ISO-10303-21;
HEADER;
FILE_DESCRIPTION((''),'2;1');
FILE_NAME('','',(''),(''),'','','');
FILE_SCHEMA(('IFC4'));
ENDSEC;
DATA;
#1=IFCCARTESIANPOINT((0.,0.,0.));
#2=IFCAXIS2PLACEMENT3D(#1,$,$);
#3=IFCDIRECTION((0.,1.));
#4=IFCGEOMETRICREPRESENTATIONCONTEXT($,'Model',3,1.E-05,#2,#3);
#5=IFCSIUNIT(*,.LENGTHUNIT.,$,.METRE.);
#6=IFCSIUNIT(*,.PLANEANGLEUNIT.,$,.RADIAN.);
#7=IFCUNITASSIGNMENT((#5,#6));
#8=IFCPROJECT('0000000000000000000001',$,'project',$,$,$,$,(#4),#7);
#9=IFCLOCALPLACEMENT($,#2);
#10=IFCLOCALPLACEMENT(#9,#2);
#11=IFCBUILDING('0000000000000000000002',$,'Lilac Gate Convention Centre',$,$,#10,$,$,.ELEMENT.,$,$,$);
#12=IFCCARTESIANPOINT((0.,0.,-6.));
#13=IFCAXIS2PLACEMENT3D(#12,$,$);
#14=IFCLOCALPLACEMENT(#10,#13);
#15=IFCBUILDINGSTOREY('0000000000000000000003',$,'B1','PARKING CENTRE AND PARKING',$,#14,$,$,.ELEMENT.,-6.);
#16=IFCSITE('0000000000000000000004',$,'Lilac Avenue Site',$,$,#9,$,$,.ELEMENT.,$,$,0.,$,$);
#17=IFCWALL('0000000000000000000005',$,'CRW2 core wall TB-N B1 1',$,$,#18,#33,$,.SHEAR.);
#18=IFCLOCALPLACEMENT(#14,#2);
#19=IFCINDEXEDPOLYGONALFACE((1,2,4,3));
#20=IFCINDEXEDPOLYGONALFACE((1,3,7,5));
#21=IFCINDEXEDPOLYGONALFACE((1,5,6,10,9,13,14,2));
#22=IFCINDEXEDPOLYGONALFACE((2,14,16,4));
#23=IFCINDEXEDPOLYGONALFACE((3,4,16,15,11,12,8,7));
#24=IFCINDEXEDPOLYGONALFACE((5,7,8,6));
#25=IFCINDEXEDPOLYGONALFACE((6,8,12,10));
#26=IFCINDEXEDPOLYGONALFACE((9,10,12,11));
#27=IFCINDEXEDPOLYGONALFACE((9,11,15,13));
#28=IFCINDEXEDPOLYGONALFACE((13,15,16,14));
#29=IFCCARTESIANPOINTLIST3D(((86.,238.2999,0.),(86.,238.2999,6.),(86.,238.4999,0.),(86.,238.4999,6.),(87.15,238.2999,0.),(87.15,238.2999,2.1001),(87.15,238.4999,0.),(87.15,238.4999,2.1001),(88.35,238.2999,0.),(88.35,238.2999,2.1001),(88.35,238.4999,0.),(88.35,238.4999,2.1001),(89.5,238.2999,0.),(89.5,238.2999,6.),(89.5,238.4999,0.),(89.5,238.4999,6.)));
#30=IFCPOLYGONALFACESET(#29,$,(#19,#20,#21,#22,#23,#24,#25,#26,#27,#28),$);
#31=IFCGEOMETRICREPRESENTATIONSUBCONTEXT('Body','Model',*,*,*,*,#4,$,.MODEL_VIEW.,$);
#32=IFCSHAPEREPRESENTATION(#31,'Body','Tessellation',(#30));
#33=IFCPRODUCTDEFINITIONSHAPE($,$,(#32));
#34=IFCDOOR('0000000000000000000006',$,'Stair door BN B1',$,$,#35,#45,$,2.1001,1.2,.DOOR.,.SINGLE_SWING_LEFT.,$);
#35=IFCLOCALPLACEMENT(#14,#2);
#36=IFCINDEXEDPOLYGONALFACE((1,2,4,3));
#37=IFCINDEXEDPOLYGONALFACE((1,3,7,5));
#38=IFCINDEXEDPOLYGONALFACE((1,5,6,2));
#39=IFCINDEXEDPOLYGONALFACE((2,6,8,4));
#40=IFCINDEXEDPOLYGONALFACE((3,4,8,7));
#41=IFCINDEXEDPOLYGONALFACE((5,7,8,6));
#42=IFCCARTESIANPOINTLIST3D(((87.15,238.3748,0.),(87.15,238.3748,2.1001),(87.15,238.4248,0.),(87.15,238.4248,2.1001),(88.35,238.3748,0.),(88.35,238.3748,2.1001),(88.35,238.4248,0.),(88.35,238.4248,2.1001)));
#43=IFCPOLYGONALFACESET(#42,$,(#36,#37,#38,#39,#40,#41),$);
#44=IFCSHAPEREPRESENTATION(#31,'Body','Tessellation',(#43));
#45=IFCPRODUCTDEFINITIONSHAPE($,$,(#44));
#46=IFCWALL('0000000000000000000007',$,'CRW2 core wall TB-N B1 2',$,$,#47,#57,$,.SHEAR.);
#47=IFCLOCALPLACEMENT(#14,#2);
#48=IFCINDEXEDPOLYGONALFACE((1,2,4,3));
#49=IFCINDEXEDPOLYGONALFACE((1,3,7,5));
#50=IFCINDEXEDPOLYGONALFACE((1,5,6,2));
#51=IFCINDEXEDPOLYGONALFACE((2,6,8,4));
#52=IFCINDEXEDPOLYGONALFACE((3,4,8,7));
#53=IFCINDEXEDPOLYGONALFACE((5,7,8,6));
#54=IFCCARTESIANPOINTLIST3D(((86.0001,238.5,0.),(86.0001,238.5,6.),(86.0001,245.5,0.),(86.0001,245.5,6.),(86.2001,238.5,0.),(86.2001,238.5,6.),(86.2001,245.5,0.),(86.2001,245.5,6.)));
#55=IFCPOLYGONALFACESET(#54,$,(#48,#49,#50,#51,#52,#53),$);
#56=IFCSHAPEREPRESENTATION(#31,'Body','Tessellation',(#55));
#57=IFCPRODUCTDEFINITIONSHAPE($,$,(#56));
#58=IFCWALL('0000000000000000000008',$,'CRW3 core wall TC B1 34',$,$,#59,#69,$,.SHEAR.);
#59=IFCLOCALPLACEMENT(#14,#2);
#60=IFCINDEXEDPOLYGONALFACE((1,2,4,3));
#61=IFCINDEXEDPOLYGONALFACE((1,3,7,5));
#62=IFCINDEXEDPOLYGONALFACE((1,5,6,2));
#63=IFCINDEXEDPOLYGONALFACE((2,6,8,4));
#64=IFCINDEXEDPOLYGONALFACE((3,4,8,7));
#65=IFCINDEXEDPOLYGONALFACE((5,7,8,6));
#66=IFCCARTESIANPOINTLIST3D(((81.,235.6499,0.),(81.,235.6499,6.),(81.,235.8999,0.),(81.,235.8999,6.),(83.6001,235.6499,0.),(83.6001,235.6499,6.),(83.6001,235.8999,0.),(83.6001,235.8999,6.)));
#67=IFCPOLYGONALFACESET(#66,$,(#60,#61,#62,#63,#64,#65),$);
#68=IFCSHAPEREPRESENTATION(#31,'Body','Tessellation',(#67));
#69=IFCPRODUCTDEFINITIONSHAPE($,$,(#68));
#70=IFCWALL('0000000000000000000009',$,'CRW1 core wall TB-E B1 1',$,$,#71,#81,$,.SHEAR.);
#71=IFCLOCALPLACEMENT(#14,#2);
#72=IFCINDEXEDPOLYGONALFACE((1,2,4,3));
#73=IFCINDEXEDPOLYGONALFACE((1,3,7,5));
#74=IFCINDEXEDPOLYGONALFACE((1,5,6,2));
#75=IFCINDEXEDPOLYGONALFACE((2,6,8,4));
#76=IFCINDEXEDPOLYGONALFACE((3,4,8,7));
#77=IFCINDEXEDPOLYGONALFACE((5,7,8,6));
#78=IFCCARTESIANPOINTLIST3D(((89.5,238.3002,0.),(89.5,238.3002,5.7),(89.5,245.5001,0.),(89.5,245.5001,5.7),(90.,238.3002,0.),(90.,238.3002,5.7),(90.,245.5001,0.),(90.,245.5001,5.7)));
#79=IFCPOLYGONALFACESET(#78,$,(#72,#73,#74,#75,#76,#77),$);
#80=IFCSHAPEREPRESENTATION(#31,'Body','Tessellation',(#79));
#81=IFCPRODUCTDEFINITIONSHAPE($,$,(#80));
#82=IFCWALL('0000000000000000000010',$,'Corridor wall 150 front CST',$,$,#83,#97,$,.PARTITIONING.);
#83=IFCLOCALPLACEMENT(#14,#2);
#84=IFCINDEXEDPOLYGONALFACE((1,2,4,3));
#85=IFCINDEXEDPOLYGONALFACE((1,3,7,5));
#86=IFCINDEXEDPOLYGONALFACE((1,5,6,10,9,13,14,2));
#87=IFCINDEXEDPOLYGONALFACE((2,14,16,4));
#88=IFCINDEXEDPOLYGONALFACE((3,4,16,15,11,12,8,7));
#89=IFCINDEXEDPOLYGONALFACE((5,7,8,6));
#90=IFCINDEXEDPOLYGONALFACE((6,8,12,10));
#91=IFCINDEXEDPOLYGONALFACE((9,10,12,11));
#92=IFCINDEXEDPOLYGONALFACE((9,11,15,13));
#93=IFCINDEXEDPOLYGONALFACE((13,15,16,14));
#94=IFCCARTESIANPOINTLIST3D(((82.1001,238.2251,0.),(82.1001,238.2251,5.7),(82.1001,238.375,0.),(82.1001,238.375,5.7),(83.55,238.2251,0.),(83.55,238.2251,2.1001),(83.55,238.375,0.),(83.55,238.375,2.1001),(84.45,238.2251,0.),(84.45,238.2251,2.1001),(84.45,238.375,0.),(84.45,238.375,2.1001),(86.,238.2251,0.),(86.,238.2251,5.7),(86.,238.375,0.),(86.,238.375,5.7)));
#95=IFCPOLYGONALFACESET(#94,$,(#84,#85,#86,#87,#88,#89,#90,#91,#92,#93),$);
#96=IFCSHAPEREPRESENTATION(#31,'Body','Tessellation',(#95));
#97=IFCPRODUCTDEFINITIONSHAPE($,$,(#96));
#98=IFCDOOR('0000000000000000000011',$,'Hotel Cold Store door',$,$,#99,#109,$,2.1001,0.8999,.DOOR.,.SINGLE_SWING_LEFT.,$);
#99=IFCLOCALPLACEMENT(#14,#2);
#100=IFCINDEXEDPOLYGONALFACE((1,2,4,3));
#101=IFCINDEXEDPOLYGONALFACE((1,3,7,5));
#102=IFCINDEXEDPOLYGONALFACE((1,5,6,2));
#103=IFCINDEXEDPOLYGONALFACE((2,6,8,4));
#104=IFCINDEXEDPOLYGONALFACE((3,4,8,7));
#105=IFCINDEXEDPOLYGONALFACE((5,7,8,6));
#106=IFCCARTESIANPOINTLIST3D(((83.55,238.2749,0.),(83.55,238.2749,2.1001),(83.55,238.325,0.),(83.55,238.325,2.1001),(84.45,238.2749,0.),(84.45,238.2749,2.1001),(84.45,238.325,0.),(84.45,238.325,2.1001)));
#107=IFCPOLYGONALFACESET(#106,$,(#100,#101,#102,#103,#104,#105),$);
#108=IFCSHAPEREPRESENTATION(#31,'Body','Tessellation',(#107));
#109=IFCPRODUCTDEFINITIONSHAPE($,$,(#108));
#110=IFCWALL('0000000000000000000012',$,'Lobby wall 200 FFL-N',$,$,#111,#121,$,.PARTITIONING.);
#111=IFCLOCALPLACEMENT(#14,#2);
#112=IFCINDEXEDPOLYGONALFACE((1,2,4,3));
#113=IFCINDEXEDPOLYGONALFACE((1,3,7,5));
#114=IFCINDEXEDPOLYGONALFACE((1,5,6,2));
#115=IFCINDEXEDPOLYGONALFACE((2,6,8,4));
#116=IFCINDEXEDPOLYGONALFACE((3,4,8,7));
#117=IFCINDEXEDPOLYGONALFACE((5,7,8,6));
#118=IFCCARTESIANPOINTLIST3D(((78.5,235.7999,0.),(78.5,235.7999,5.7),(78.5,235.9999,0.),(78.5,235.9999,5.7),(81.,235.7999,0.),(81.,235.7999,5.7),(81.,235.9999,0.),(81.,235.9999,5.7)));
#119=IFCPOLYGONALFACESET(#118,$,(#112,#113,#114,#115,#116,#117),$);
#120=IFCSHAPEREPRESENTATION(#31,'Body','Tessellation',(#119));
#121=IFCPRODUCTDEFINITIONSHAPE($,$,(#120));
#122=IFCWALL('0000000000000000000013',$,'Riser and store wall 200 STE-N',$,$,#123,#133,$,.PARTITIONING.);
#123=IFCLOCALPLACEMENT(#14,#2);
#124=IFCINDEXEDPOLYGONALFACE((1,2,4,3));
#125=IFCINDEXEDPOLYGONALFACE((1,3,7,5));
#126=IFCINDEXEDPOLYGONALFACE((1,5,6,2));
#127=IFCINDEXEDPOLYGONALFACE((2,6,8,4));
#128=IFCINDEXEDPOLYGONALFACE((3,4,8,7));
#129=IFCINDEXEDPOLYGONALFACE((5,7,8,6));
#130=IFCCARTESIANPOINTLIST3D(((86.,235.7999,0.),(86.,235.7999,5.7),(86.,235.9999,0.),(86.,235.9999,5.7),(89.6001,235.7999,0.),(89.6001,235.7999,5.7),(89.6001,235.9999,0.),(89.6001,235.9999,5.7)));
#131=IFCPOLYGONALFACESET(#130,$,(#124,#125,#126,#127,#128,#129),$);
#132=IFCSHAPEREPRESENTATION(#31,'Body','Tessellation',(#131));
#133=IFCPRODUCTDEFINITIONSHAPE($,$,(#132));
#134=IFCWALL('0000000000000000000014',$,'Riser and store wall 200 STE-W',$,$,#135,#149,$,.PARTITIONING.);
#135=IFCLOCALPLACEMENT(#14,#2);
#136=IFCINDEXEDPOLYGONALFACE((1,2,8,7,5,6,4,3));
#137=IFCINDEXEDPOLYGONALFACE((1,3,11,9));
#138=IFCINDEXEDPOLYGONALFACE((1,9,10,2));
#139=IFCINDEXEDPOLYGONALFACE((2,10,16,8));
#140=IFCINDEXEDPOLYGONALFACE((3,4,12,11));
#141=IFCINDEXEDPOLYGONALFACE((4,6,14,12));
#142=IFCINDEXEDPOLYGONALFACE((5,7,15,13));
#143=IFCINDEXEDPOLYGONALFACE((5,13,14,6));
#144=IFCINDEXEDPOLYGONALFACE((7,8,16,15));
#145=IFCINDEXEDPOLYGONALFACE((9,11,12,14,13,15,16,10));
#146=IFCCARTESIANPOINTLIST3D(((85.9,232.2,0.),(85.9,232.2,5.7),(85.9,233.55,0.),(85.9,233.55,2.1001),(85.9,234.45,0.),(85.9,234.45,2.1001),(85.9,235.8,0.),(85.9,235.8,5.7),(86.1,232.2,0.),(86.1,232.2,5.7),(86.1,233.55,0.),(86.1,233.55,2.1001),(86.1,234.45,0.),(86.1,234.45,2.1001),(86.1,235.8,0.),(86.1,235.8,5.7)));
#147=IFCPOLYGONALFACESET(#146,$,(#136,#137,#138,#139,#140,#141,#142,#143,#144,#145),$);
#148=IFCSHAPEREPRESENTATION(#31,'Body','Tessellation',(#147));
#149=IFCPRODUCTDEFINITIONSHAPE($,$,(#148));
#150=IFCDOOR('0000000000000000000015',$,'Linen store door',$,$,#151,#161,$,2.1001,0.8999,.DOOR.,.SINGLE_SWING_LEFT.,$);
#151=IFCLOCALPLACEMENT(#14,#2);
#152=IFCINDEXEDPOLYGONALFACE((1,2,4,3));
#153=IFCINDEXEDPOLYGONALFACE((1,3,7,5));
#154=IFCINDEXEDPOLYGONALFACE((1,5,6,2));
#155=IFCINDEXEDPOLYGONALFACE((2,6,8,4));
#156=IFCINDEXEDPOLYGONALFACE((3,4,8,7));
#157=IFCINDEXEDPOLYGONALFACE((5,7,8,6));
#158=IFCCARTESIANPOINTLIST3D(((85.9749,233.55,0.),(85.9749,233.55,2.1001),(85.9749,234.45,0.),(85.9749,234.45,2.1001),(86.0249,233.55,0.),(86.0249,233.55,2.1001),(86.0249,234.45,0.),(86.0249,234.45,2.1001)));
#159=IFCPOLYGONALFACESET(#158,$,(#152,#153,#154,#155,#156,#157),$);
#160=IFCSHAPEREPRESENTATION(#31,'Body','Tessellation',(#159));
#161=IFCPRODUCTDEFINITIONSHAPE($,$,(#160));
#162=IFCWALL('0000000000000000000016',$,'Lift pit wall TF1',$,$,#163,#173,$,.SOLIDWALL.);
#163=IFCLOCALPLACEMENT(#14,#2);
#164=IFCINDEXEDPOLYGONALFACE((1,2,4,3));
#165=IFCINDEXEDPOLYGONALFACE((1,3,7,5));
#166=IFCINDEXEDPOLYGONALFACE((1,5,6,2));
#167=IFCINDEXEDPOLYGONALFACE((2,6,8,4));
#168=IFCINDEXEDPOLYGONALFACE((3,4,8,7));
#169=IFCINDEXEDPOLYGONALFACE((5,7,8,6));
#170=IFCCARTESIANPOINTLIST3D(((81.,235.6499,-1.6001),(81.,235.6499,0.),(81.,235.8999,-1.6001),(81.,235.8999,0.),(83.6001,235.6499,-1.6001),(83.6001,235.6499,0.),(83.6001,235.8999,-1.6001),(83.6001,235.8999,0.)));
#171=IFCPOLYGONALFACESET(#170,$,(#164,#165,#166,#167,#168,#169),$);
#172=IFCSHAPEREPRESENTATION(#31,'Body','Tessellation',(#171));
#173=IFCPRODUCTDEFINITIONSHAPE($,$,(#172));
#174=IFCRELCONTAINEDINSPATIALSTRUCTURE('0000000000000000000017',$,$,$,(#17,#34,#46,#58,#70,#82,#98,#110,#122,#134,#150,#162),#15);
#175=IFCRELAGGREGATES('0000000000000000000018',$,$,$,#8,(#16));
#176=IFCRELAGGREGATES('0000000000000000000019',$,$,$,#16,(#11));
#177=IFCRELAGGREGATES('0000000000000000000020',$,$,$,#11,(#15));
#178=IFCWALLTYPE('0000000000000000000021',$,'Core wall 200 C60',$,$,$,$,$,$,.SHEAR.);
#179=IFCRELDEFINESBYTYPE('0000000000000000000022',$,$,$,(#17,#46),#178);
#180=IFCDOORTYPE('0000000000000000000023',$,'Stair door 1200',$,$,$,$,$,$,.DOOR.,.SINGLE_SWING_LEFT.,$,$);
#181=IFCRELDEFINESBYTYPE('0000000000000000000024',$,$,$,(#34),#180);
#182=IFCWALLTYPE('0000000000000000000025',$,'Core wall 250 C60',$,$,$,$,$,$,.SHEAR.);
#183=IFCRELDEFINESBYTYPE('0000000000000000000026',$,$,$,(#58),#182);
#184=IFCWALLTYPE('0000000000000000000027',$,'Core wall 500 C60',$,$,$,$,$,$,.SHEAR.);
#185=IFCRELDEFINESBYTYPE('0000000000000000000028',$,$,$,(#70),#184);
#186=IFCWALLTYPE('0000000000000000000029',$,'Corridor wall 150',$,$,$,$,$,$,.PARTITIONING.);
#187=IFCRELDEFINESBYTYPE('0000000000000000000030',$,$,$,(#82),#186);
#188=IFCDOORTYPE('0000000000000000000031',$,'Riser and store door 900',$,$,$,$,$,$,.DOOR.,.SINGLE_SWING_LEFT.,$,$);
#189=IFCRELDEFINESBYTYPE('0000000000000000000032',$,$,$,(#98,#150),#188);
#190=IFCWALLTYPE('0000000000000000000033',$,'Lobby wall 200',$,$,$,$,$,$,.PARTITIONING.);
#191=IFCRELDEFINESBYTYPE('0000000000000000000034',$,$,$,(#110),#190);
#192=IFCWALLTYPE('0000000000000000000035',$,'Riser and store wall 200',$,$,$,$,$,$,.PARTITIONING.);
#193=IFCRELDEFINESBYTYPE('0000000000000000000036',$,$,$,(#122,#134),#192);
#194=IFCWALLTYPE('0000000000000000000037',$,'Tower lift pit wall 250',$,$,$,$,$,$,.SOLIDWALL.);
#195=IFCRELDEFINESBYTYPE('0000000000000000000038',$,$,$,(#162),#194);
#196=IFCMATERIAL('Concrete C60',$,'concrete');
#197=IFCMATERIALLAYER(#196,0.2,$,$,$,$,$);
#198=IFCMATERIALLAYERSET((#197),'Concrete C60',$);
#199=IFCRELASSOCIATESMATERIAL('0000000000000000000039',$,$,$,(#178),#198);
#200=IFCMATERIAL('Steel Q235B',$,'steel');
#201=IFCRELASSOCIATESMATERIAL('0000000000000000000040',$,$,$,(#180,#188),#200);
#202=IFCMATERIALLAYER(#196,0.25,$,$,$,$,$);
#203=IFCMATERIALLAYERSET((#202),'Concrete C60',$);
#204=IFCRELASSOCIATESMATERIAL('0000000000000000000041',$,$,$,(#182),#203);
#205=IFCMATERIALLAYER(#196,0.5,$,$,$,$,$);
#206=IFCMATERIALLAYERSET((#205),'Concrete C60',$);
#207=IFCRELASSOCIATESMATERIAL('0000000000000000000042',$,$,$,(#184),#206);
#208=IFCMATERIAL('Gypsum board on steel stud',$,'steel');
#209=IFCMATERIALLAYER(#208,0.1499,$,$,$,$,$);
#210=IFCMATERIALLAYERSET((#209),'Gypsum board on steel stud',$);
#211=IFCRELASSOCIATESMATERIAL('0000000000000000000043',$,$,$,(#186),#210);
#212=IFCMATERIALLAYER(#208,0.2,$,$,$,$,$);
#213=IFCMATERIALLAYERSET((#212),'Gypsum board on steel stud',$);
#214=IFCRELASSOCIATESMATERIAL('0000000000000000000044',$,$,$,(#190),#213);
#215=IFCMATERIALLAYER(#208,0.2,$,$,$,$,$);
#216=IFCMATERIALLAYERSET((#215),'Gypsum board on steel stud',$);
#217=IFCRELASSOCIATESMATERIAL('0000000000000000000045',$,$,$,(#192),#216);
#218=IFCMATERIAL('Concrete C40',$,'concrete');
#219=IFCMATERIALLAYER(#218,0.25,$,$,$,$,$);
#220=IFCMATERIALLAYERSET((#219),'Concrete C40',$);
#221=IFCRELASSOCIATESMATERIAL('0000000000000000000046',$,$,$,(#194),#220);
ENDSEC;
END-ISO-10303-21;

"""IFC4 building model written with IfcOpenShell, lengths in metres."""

from ifc_helpers import new_model, si_unit, direction, frame, frame_2d, origin, place, context, subcontext, project, spatial, rectangle, extrude, material, layer, layer_set, type_object, element, fill, save


model = new_model("IFC4")

# Units and contexts
model_context = context("Model", 3, precision=1e-05, world=origin(), true_north=direction((0.0, 1.0)))
body_context = subcontext(model_context, "Body", "Model", "MODEL_VIEW")
ifc_project = project(units=[si_unit("LENGTHUNIT", "METRE"), si_unit("PLANEANGLEUNIT", "RADIAN")], contexts=[model_context])

# Site, building, storey
site_placement = place(None, origin())
site = spatial("IfcSite", under=ifc_project, at=site_placement, Name="Lilac Avenue Site", CompositionType="ELEMENT", RefElevation=0.0)
building_placement = place(site_placement, origin())
building = spatial("IfcBuilding", under=site, at=building_placement, Name="Lilac Gate Convention Centre", CompositionType="ELEMENT")
storey_placement = place(building_placement, frame((0.0, 0.0, -6.0)))
storey = spatial("IfcBuildingStorey", under=building, at=storey_placement, Name="B1", Description="PARKING CENTRE AND PARKING", CompositionType="ELEMENT", Elevation=-6.0)

# Shared definitions
ifc_material_1 = material(Name="Concrete C40", Category="concrete")

# Wall, opening, door
ifc_material_2 = material(Name="Concrete C60", Category="concrete")
ifc_layer_1 = layer(ifc_material_2, 0.2)
ifc_layer_set_1 = layer_set([ifc_layer_1], Name="Concrete C60")
wall_type_1 = type_object("IfcWallType", Name="Core wall 200 C60", PredefinedType="SHEAR", material=ifc_layer_set_1)
wall_1_placement = place(storey_placement, frame((86.0, 238.3999, 0.0), z_axis=(0.0, 0.0, 1.0), x_axis=(1.0, 0.0, 0.0)))
wall_1 = element("IfcWall", 1, at=wall_1_placement, inside=storey, type_object=wall_type_1, Name="CRW2 core wall TB-N B1 1", PredefinedType="SHEAR", context=body_context, shape_type="SweptSolid", body=[
    extrude(rectangle(XDim=3.5, YDim=0.2, at=frame_2d((1.75, 0.0))), origin(), (0.0, 0.0, 1.0), 6.0),
])
opening_1_placement = place(wall_1_placement, frame((1.1499, 0.0, 0.0)))
opening_1 = element("IfcOpeningElement", 2, at=opening_1_placement, cuts=wall_1, PredefinedType="OPENING", context=body_context, shape_type="SweptSolid", body=[
    extrude(rectangle(XDim=1.2, YDim=2.1001, at=frame_2d((0.6001, 1.05))), frame((0.0, 0.1099, 0.0), z_axis=(0.0, -1.0, 0.0), x_axis=(1.0, 0.0, 0.0)), (0.0, 0.0, 1.0), 0.22),
])
ifc_material_3 = material(Name="Steel Q235B", Category="steel")
door_type_1 = type_object("IfcDoorType", Name="Stair door 1200", OperationType="SINGLE_SWING_LEFT", PredefinedType="DOOR", material=ifc_material_3)
door_1_placement = place(opening_1_placement, origin())
door_1 = element("IfcDoor", 3, at=door_1_placement, inside=storey, type_object=door_type_1, Name="Stair door BN B1", OperationType="SINGLE_SWING_LEFT", OverallHeight=2.1001, OverallWidth=1.2, PredefinedType="DOOR", context=body_context, shape_type="SweptSolid", body=[
    extrude(rectangle(XDim=1.2, YDim=2.1001, at=frame_2d((0.6001, 1.05))), frame((0.0, 0.0249, 0.0), z_axis=(0.0, -1.0, 0.0), x_axis=(1.0, 0.0, 0.0)), (0.0, 0.0, 1.0), 0.05),
])
fill(opening_1, door_1)

# Walls
wall_2_placement = place(storey_placement, frame((86.1001, 238.5, 0.0), z_axis=(0.0, 0.0, 1.0), x_axis=(0.0, 1.0, 0.0)))
element("IfcWall", 4, at=wall_2_placement, inside=storey, type_object=wall_type_1, Name="CRW2 core wall TB-N B1 2", PredefinedType="SHEAR", context=body_context, shape_type="SweptSolid", body=[
    extrude(rectangle(XDim=7.0, YDim=0.2, at=frame_2d((3.5, 0.0))), origin(), (0.0, 0.0, 1.0), 6.0),
])
ifc_layer_2 = layer(ifc_material_2, 0.25)
ifc_layer_set_2 = layer_set([ifc_layer_2], Name="Concrete C60")
wall_type_2 = type_object("IfcWallType", Name="Core wall 250 C60", PredefinedType="SHEAR", material=ifc_layer_set_2)
wall_3_placement = place(storey_placement, frame((81.0, 235.7749, 0.0), z_axis=(0.0, 0.0, 1.0), x_axis=(1.0, 0.0, 0.0)))
element("IfcWall", 5, at=wall_3_placement, inside=storey, type_object=wall_type_2, Name="CRW3 core wall TC B1 34", PredefinedType="SHEAR", context=body_context, shape_type="SweptSolid", body=[
    extrude(rectangle(XDim=2.6001, YDim=0.25, at=frame_2d((1.3, 0.0))), origin(), (0.0, 0.0, 1.0), 6.0),
])
ifc_layer_3 = layer(ifc_material_2, 0.5)
ifc_layer_set_3 = layer_set([ifc_layer_3], Name="Concrete C60")
wall_type_3 = type_object("IfcWallType", Name="Core wall 500 C60", PredefinedType="SHEAR", material=ifc_layer_set_3)
wall_4_placement = place(storey_placement, frame((89.75, 238.3, 0.0), z_axis=(0.0, 0.0, 1.0), x_axis=(0.0, 1.0, 0.0)))
element("IfcWall", 6, at=wall_4_placement, inside=storey, type_object=wall_type_3, Name="CRW1 core wall TB-E B1 1", PredefinedType="SHEAR", context=body_context, shape_type="SweptSolid", body=[
    extrude(rectangle(XDim=7.2, YDim=0.5, at=frame_2d((3.6001, 0.0))), origin(), (0.0, 0.0, 1.0), 5.7),
])

# Wall, opening, door
ifc_material_4 = material(Name="Gypsum board on steel stud", Category="steel")
ifc_layer_4 = layer(ifc_material_4, 0.1499)
ifc_layer_set_4 = layer_set([ifc_layer_4], Name="Gypsum board on steel stud")
wall_type_4 = type_object("IfcWallType", Name="Corridor wall 150", PredefinedType="PARTITIONING", material=ifc_layer_set_4)
wall_5_placement = place(storey_placement, frame((82.1001, 238.3, 0.0), z_axis=(0.0, 0.0, 1.0), x_axis=(1.0, 0.0, 0.0)))
wall_5 = element("IfcWall", 7, at=wall_5_placement, inside=storey, type_object=wall_type_4, Name="Corridor wall 150 front CST", PredefinedType="PARTITIONING", context=body_context, shape_type="SweptSolid", body=[
    extrude(rectangle(XDim=3.8999, YDim=0.1499, at=frame_2d((1.95, 0.0))), origin(), (0.0, 0.0, 1.0), 5.7),
])
opening_2_placement = place(wall_5_placement, frame((1.45, 0.0, 0.0)))
opening_2 = element("IfcOpeningElement", 8, at=opening_2_placement, cuts=wall_5, PredefinedType="OPENING", context=body_context, shape_type="SweptSolid", body=[
    extrude(rectangle(XDim=0.8999, YDim=2.1001, at=frame_2d((0.45, 1.05))), frame((0.0, 0.085, 0.0), z_axis=(0.0, -1.0, 0.0), x_axis=(1.0, 0.0, 0.0)), (0.0, 0.0, 1.0), 0.1699),
])
door_type_2 = type_object("IfcDoorType", Name="Riser and store door 900", OperationType="SINGLE_SWING_LEFT", PredefinedType="DOOR", material=ifc_material_3)
door_2_placement = place(opening_2_placement, origin())
door_2 = element("IfcDoor", 9, at=door_2_placement, inside=storey, type_object=door_type_2, Name="Hotel Cold Store door", OperationType="SINGLE_SWING_LEFT", OverallHeight=2.1001, OverallWidth=0.8999, PredefinedType="DOOR", context=body_context, shape_type="SweptSolid", body=[
    extrude(rectangle(XDim=0.8999, YDim=2.1001, at=frame_2d((0.45, 1.05))), frame((0.0, 0.0249, 0.0), z_axis=(0.0, -1.0, 0.0), x_axis=(1.0, 0.0, 0.0)), (0.0, 0.0, 1.0), 0.05),
])
fill(opening_2, door_2)

# Walls
ifc_layer_5 = layer(ifc_material_4, 0.2)
ifc_layer_set_5 = layer_set([ifc_layer_5], Name="Gypsum board on steel stud")
wall_type_5 = type_object("IfcWallType", Name="Lobby wall 200", PredefinedType="PARTITIONING", material=ifc_layer_set_5)
wall_6_placement = place(storey_placement, frame((78.5, 235.8999, 0.0), z_axis=(0.0, 0.0, 1.0), x_axis=(1.0, 0.0, 0.0)))
element("IfcWall", 10, at=wall_6_placement, inside=storey, type_object=wall_type_5, Name="Lobby wall 200 FFL-N", PredefinedType="PARTITIONING", context=body_context, shape_type="SweptSolid", body=[
    extrude(rectangle(XDim=2.5, YDim=0.2, at=frame_2d((1.25, 0.0))), origin(), (0.0, 0.0, 1.0), 5.7),
])
ifc_layer_6 = layer(ifc_material_4, 0.2)
ifc_layer_set_6 = layer_set([ifc_layer_6], Name="Gypsum board on steel stud")
wall_type_6 = type_object("IfcWallType", Name="Riser and store wall 200", PredefinedType="PARTITIONING", material=ifc_layer_set_6)
wall_7_placement = place(storey_placement, frame((86.0, 235.8999, 0.0), z_axis=(0.0, 0.0, 1.0), x_axis=(1.0, 0.0, 0.0)))
element("IfcWall", 11, at=wall_7_placement, inside=storey, type_object=wall_type_6, Name="Riser and store wall 200 STE-N", PredefinedType="PARTITIONING", context=body_context, shape_type="SweptSolid", body=[
    extrude(rectangle(XDim=3.6001, YDim=0.2, at=frame_2d((1.8, 0.0))), origin(), (0.0, 0.0, 1.0), 5.7),
])

# Wall, opening, door
wall_8_placement = place(storey_placement, frame((86.0, 235.8, 0.0), z_axis=(0.0, 0.0, 1.0), x_axis=(0.0, -1.0, 0.0)))
wall_8 = element("IfcWall", 12, at=wall_8_placement, inside=storey, type_object=wall_type_6, Name="Riser and store wall 200 STE-W", PredefinedType="PARTITIONING", context=body_context, shape_type="SweptSolid", body=[
    extrude(rectangle(XDim=3.6001, YDim=0.2, at=frame_2d((1.8, 0.0))), origin(), (0.0, 0.0, 1.0), 5.7),
])
opening_3_placement = place(wall_8_placement, frame((1.3501, 0.0, 0.0)))
opening_3 = element("IfcOpeningElement", 13, at=opening_3_placement, cuts=wall_8, PredefinedType="OPENING", context=body_context, shape_type="SweptSolid", body=[
    extrude(rectangle(XDim=0.8999, YDim=2.1001, at=frame_2d((0.45, 1.05))), frame((0.0, 0.1099, 0.0), z_axis=(0.0, -1.0, 0.0), x_axis=(1.0, 0.0, 0.0)), (0.0, 0.0, 1.0), 0.22),
])
door_3_placement = place(opening_3_placement, origin())
door_3 = element("IfcDoor", 14, at=door_3_placement, inside=storey, type_object=door_type_2, Name="Linen store door", OperationType="SINGLE_SWING_LEFT", OverallHeight=2.1001, OverallWidth=0.8999, PredefinedType="DOOR", context=body_context, shape_type="SweptSolid", body=[
    extrude(rectangle(XDim=0.8999, YDim=2.1001, at=frame_2d((0.45, 1.05))), frame((0.0, 0.0249, 0.0), z_axis=(0.0, -1.0, 0.0), x_axis=(1.0, 0.0, 0.0)), (0.0, 0.0, 1.0), 0.05),
])
fill(opening_3, door_3)

# Wall
ifc_layer_7 = layer(ifc_material_1, 0.25)
ifc_layer_set_7 = layer_set([ifc_layer_7], Name="Concrete C40")
wall_type_7 = type_object("IfcWallType", Name="Tower lift pit wall 250", PredefinedType="SOLIDWALL", material=ifc_layer_set_7)
wall_9_placement = place(storey_placement, frame((81.0, 235.7749, -1.6001), z_axis=(0.0, 0.0, 1.0), x_axis=(1.0, 0.0, 0.0)))
element("IfcWall", 15, at=wall_9_placement, inside=storey, type_object=wall_type_7, Name="Lift pit wall TF1", PredefinedType="SOLIDWALL", context=body_context, shape_type="SweptSolid", body=[
    extrude(rectangle(XDim=2.6001, YDim=0.25, at=frame_2d((1.3, 0.0))), origin(), (0.0, 0.0, 1.0), 1.6001),
])

save(model, "model.ifc")
